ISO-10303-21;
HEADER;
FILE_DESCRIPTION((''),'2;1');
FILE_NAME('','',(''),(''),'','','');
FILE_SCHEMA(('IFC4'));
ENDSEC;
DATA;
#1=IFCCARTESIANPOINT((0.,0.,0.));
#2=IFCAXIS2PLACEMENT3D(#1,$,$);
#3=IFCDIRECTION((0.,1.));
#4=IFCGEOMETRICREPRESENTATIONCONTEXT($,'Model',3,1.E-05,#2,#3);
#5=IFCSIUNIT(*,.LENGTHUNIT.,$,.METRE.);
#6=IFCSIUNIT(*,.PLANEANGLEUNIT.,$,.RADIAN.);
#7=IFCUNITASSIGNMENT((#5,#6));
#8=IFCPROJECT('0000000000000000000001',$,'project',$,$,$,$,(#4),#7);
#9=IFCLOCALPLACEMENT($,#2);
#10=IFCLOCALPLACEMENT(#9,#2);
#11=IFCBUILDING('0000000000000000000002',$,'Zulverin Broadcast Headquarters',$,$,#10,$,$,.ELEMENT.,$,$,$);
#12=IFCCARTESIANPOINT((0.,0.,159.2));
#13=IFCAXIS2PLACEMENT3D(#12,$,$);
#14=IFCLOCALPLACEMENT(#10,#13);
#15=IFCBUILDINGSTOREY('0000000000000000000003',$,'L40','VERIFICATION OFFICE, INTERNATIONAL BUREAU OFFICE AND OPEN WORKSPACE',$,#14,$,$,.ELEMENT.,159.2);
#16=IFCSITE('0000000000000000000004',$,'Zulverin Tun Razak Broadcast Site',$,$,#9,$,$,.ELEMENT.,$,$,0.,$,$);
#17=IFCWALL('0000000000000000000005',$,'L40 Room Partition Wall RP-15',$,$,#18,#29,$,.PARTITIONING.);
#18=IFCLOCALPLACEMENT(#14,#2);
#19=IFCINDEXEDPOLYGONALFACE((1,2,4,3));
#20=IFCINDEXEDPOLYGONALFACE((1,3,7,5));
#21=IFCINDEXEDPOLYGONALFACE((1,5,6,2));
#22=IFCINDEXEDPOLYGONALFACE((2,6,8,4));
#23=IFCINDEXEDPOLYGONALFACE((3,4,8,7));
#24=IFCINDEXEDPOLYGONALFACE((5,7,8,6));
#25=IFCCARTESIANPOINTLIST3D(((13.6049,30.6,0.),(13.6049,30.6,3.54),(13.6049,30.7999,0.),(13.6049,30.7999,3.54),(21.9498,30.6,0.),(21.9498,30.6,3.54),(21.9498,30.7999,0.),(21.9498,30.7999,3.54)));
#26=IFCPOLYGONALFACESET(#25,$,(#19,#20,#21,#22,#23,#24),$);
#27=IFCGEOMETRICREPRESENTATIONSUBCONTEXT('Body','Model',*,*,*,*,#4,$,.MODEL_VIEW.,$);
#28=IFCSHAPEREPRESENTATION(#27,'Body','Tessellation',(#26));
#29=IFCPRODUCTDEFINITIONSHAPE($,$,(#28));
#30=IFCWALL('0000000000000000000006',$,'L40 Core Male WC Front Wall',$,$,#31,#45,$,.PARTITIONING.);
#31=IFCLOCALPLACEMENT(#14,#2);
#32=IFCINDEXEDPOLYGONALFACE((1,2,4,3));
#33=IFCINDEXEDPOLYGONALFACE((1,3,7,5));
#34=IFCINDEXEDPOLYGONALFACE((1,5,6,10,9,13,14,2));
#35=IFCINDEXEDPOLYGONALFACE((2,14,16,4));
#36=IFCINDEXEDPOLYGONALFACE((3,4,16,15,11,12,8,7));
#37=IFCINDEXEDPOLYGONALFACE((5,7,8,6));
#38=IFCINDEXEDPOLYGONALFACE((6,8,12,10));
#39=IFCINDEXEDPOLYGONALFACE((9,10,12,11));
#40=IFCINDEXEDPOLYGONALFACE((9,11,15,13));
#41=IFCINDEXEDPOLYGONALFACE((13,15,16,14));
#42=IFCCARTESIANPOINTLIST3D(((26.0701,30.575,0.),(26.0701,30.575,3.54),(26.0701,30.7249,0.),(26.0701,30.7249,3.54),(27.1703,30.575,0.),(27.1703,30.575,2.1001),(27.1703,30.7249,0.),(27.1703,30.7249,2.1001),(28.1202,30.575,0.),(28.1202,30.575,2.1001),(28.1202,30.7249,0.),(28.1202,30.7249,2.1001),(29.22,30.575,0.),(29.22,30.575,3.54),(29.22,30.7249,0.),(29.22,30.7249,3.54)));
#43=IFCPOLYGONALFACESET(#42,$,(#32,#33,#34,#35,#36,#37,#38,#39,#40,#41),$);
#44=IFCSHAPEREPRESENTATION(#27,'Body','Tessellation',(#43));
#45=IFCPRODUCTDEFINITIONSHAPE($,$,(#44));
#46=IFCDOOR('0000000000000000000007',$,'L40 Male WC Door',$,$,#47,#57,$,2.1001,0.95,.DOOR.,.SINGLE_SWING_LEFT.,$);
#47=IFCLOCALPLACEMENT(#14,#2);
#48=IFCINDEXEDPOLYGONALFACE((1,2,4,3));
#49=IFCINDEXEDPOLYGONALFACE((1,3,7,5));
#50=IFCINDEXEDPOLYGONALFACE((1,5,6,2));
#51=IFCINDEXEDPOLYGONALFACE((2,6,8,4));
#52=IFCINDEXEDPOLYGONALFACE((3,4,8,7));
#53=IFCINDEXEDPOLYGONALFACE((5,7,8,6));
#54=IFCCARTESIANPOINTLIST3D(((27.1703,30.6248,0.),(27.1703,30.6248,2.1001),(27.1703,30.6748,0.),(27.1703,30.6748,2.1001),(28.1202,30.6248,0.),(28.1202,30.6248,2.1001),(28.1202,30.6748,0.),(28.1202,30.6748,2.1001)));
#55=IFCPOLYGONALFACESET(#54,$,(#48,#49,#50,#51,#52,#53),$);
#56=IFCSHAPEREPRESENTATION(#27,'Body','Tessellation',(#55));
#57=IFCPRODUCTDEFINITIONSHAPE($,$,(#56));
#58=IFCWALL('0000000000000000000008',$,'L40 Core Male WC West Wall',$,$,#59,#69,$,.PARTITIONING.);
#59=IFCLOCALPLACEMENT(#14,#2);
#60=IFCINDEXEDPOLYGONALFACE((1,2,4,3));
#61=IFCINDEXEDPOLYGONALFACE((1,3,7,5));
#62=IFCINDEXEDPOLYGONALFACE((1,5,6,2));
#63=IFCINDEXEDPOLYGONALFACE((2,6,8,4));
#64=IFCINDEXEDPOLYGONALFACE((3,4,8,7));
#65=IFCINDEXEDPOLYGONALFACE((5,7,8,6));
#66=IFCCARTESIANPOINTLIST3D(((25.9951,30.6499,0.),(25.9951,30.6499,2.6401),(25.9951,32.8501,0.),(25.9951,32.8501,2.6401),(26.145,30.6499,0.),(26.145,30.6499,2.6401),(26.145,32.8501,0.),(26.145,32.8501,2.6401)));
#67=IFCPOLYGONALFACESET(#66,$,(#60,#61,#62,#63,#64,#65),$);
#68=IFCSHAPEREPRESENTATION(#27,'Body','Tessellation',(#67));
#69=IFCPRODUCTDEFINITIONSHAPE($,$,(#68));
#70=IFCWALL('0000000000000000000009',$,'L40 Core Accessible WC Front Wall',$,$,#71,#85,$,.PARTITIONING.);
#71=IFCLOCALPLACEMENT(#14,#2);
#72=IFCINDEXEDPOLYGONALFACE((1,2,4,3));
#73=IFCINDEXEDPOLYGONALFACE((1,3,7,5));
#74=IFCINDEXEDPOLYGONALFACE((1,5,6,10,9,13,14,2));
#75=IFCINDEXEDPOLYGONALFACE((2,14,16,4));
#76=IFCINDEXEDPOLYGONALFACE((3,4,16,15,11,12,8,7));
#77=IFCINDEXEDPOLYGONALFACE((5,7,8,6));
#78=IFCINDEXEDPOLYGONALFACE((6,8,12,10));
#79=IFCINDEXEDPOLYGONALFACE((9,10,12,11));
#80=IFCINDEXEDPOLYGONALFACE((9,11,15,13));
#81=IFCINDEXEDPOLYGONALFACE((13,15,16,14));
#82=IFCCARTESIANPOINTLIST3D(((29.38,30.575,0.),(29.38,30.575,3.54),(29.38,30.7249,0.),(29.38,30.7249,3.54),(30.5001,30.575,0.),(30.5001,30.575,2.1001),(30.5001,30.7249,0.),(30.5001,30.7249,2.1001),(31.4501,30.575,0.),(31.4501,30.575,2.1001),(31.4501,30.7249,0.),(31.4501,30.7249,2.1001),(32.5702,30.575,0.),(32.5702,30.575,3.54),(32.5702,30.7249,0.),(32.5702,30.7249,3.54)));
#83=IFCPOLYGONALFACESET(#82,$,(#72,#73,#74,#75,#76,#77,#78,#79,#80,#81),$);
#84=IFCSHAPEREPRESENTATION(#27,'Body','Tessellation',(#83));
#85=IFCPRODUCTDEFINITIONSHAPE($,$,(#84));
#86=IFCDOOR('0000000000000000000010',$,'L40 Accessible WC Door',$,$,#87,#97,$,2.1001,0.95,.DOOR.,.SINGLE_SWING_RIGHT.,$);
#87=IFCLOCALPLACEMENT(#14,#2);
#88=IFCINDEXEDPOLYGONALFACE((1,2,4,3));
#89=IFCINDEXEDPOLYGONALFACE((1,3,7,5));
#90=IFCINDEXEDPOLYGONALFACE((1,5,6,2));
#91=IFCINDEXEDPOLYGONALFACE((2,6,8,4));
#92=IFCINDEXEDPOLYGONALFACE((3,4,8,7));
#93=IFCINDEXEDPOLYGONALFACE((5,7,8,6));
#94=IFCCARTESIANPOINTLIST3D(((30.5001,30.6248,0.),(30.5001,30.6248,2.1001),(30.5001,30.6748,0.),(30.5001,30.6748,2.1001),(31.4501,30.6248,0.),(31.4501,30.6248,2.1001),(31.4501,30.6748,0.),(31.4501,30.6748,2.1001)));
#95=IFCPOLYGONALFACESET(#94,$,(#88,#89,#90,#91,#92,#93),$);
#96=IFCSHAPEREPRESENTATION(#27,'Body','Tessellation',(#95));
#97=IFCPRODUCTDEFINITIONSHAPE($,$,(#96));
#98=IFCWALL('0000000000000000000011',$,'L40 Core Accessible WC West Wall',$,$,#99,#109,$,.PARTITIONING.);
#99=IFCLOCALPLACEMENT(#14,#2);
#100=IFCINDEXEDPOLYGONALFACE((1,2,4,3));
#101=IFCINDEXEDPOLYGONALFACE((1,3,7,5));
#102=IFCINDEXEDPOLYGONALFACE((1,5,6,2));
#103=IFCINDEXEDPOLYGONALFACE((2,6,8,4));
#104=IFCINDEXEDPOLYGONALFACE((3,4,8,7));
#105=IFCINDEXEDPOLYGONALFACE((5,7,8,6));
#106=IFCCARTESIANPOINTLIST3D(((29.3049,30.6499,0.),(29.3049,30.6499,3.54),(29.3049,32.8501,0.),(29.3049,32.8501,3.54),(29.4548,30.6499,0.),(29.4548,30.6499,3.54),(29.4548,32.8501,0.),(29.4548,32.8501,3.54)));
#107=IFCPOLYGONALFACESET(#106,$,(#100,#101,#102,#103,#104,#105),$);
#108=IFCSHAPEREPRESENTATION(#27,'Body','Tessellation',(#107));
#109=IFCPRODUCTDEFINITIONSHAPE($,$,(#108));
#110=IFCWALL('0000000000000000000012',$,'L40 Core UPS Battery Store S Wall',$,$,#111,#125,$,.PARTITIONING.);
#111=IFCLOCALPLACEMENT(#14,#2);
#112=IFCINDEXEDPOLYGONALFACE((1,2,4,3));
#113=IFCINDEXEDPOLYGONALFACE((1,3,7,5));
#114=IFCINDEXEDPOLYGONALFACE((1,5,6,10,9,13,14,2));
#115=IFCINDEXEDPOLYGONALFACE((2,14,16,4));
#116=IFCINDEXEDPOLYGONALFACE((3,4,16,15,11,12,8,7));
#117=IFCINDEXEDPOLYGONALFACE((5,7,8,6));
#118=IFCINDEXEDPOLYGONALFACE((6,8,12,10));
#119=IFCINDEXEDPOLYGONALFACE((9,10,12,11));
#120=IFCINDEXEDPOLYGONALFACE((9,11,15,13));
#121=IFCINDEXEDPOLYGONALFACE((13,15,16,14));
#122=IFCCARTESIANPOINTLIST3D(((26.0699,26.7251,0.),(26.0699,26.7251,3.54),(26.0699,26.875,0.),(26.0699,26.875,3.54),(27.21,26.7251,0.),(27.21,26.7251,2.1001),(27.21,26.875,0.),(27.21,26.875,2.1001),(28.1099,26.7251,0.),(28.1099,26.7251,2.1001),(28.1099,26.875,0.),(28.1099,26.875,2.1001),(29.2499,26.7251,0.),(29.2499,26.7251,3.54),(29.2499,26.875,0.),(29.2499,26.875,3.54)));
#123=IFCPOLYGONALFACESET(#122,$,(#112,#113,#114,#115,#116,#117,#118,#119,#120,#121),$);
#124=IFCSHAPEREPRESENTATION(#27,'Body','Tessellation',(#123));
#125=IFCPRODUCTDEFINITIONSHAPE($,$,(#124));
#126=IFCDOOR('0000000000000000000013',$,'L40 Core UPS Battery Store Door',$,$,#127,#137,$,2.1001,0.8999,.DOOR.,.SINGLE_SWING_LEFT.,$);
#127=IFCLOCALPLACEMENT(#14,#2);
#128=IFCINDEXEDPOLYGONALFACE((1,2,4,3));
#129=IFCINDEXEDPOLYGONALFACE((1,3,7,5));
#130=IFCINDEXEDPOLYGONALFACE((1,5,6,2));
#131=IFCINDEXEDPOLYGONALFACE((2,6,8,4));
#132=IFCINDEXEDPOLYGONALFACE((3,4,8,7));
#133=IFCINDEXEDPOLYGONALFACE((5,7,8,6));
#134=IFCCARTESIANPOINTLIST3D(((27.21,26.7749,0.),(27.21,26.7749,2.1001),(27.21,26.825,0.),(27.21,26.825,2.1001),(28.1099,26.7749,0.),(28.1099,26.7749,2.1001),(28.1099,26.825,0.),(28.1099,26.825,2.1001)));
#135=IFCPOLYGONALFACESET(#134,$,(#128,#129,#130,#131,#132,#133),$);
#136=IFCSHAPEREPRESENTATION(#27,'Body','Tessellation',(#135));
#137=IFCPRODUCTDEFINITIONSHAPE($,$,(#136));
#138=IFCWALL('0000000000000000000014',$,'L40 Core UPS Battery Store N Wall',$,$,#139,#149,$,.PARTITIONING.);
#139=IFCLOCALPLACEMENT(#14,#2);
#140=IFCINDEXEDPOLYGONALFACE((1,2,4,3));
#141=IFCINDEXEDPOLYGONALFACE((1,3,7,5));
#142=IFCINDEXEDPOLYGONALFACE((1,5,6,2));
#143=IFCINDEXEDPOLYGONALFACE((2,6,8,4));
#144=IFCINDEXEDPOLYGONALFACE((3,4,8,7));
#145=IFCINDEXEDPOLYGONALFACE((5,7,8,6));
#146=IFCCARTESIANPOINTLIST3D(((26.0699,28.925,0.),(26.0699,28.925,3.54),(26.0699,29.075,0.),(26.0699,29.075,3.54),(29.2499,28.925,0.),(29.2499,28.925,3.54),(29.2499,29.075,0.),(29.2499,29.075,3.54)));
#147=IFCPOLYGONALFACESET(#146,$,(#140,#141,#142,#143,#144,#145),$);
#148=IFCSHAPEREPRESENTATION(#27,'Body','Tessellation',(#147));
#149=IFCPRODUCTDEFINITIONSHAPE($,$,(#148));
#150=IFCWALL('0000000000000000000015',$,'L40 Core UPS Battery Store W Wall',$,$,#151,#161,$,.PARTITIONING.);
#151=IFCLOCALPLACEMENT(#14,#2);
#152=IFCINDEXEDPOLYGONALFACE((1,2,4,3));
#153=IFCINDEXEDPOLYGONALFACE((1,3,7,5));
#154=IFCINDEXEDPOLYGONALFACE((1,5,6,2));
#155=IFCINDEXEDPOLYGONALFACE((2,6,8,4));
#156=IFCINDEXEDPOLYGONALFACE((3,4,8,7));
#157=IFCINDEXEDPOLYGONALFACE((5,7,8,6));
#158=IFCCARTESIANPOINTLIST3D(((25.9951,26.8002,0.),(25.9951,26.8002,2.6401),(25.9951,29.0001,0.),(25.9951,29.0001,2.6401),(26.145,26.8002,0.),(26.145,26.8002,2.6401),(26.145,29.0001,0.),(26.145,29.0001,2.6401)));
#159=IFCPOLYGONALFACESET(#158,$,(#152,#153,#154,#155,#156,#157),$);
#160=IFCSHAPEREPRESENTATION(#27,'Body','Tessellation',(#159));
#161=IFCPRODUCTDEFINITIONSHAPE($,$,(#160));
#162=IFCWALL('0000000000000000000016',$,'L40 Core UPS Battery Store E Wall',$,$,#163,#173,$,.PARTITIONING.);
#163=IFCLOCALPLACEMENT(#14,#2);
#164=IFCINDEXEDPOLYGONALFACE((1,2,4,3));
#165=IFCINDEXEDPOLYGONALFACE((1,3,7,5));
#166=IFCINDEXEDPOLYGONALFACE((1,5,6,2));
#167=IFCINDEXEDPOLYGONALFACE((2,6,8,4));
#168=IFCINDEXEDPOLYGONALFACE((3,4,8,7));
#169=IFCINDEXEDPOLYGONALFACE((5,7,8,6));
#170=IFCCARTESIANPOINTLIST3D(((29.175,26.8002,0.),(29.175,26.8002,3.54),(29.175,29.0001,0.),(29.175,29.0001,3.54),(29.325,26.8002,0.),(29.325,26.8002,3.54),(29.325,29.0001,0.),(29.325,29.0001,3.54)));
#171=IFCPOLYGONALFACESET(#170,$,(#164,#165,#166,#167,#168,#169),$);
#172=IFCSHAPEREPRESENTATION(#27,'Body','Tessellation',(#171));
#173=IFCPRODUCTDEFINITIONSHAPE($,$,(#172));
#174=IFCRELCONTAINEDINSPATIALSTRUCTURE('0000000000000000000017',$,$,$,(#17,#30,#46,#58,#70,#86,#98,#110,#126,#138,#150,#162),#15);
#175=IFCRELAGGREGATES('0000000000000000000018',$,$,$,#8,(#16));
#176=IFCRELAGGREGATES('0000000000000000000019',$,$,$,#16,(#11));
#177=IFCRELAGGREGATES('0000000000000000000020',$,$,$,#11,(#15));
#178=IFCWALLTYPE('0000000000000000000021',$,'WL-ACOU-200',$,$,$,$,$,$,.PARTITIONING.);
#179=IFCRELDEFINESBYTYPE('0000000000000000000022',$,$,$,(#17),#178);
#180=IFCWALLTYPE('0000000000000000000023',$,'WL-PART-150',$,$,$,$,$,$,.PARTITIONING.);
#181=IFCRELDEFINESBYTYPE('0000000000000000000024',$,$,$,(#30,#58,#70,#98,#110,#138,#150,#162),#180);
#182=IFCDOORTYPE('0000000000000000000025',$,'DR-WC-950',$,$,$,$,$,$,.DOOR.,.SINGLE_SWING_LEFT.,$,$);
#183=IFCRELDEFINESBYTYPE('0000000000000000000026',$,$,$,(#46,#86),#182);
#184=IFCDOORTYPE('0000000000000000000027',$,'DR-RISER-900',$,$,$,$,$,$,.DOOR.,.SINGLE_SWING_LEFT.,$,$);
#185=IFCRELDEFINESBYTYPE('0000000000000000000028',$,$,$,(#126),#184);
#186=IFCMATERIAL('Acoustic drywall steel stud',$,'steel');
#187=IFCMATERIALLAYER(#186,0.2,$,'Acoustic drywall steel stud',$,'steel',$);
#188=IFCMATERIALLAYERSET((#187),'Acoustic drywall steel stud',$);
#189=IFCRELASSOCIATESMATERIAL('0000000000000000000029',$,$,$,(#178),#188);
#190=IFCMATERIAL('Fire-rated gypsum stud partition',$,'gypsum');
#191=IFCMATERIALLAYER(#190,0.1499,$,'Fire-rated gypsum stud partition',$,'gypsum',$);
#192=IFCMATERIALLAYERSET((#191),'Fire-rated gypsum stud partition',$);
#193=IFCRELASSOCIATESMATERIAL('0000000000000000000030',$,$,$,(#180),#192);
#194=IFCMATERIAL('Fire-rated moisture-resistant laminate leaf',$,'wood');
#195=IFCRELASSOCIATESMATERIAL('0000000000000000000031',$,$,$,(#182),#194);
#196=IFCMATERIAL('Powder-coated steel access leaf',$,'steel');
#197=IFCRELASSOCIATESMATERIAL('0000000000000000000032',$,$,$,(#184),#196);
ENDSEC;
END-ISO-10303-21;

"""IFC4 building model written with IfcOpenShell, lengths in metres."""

from ifc_helpers import new_model, si_unit, direction, frame, frame_2d, origin, place, context, subcontext, project, spatial, rectangle, extrude, material, layer, layer_set, type_object, element, fill, save


model = new_model("IFC4")

# Units and contexts
model_context = context("Model", 3, precision=1e-05, world=origin(), true_north=direction((0.0, 1.0)))
body_context = subcontext(model_context, "Body", "Model", "MODEL_VIEW")
ifc_project = project(units=[si_unit("LENGTHUNIT", "METRE"), si_unit("PLANEANGLEUNIT", "RADIAN")], contexts=[model_context])

# Site, building, storey
site_placement = place(None, origin())
site = spatial("IfcSite", under=ifc_project, at=site_placement, Name="Zulverin Tun Razak Broadcast Site", CompositionType="ELEMENT", RefElevation=0.0)
building_placement = place(site_placement, origin())
building = spatial("IfcBuilding", under=site, at=building_placement, Name="Zulverin Broadcast Headquarters", CompositionType="ELEMENT")
storey_placement = place(building_placement, frame((0.0, 0.0, 159.2)))
storey = spatial("IfcBuildingStorey", under=building, at=storey_placement, Name="L40", Description="VERIFICATION OFFICE, INTERNATIONAL BUREAU OFFICE AND OPEN WORKSPACE", CompositionType="ELEMENT", Elevation=159.2)

# Wall
ifc_material_1 = material(Name="Acoustic drywall steel stud", Category="steel")
ifc_layer_1 = layer(ifc_material_1, 0.2, Name="Acoustic drywall steel stud", Category="steel")
ifc_layer_set_1 = layer_set([ifc_layer_1], Name="Acoustic drywall steel stud")
wall_type_1 = type_object("IfcWallType", Name="WL-ACOU-200", PredefinedType="PARTITIONING", material=ifc_layer_set_1)
wall_1_placement = place(storey_placement, frame((13.605, 30.7, 0.0), z_axis=(0.0, 0.0, 1.0), x_axis=(1.0, 0.0, 0.0)))
element("IfcWall", 1, at=wall_1_placement, inside=storey, type_object=wall_type_1, Name="L40 Room Partition Wall RP-15", PredefinedType="PARTITIONING", context=body_context, shape_type="SweptSolid", body=[
    extrude(rectangle(XDim=8.345, YDim=0.2, at=frame_2d((4.1724, 0.0))), origin(), (0.0, 0.0, 1.0), 3.54),
])

# Wall, opening, door
ifc_material_2 = material(Name="Fire-rated gypsum stud partition", Category="gypsum")
ifc_layer_2 = layer(ifc_material_2, 0.1499, Name="Fire-rated gypsum stud partition", Category="gypsum")
ifc_layer_set_2 = layer_set([ifc_layer_2], Name="Fire-rated gypsum stud partition")
wall_type_2 = type_object("IfcWallType", Name="WL-PART-150", PredefinedType="PARTITIONING", material=ifc_layer_set_2)
wall_2_placement = place(storey_placement, frame((26.0701, 30.6499, 0.0), z_axis=(0.0, 0.0, 1.0), x_axis=(1.0, 0.0, 0.0)))
wall_2 = element("IfcWall", 2, at=wall_2_placement, inside=storey, type_object=wall_type_2, Name="L40 Core Male WC Front Wall", PredefinedType="PARTITIONING", context=body_context, shape_type="SweptSolid", body=[
    extrude(rectangle(XDim=3.1499, YDim=0.1499, at=frame_2d((1.575, 0.0))), origin(), (0.0, 0.0, 1.0), 3.54),
])
opening_1_placement = place(wall_2_placement, frame((1.1001, 0.0, 0.0)))
opening_1 = element("IfcOpeningElement", 3, at=opening_1_placement, cuts=wall_2, PredefinedType="OPENING", context=body_context, shape_type="SweptSolid", body=[
    extrude(rectangle(XDim=0.95, YDim=2.1001, at=frame_2d((0.4751, 1.05))), frame((0.0, 0.085, 0.0), z_axis=(0.0, -1.0, 0.0), x_axis=(1.0, 0.0, 0.0)), (0.0, 0.0, 1.0), 0.1699),
])
ifc_material_3 = material(Name="Fire-rated moisture-resistant laminate leaf", Category="wood")
door_type_1 = type_object("IfcDoorType", Name="DR-WC-950", OperationType="SINGLE_SWING_LEFT", PredefinedType="DOOR", material=ifc_material_3)
door_1_placement = place(opening_1_placement, origin())
door_1 = element("IfcDoor", 4, at=door_1_placement, inside=storey, type_object=door_type_1, Name="L40 Male WC Door", OperationType="SINGLE_SWING_LEFT", OverallHeight=2.1001, OverallWidth=0.95, PredefinedType="DOOR", context=body_context, shape_type="SweptSolid", body=[
    extrude(rectangle(XDim=0.95, YDim=2.1001, at=frame_2d((0.4751, 1.05))), frame((0.0, 0.0249, 0.0), z_axis=(0.0, -1.0, 0.0), x_axis=(1.0, 0.0, 0.0)), (0.0, 0.0, 1.0), 0.05),
])
fill(opening_1, door_1)

# Wall
wall_3_placement = place(storey_placement, frame((26.0701, 30.6499, 0.0), z_axis=(0.0, 0.0, 1.0), x_axis=(0.0, 1.0, 0.0)))
element("IfcWall", 5, at=wall_3_placement, inside=storey, type_object=wall_type_2, Name="L40 Core Male WC West Wall", PredefinedType="PARTITIONING", context=body_context, shape_type="SweptSolid", body=[
    extrude(rectangle(XDim=2.2002, YDim=0.1499, at=frame_2d((1.1001, 0.0))), origin(), (0.0, 0.0, 1.0), 2.6401),
])

# Wall, opening, door
wall_4_placement = place(storey_placement, frame((29.3799, 30.6499, 0.0), z_axis=(0.0, 0.0, 1.0), x_axis=(1.0, 0.0, 0.0)))
wall_4 = element("IfcWall", 6, at=wall_4_placement, inside=storey, type_object=wall_type_2, Name="L40 Core Accessible WC Front Wall", PredefinedType="PARTITIONING", context=body_context, shape_type="SweptSolid", body=[
    extrude(rectangle(XDim=3.1902, YDim=0.1499, at=frame_2d((1.5952, 0.0))), origin(), (0.0, 0.0, 1.0), 3.54),
])
opening_2_placement = place(wall_4_placement, frame((1.1201, 0.0, 0.0)))
opening_2 = element("IfcOpeningElement", 7, at=opening_2_placement, cuts=wall_4, PredefinedType="OPENING", context=body_context, shape_type="SweptSolid", body=[
    extrude(rectangle(XDim=0.95, YDim=2.1001, at=frame_2d((0.4751, 1.05))), frame((0.0, 0.085, 0.0), z_axis=(0.0, -1.0, 0.0), x_axis=(1.0, 0.0, 0.0)), (0.0, 0.0, 1.0), 0.1699),
])
door_2_placement = place(opening_2_placement, origin())
door_2 = element("IfcDoor", 8, at=door_2_placement, inside=storey, type_object=door_type_1, Name="L40 Accessible WC Door", OperationType="SINGLE_SWING_RIGHT", OverallHeight=2.1001, OverallWidth=0.95, PredefinedType="DOOR", context=body_context, shape_type="SweptSolid", body=[
    extrude(rectangle(XDim=0.95, YDim=2.1001, at=frame_2d((0.4751, 1.05))), frame((0.0, 0.0249, 0.0), z_axis=(0.0, -1.0, 0.0), x_axis=(1.0, 0.0, 0.0)), (0.0, 0.0, 1.0), 0.05),
])
fill(opening_2, door_2)

# Wall
wall_5_placement = place(storey_placement, frame((29.3799, 30.6499, 0.0), z_axis=(0.0, 0.0, 1.0), x_axis=(0.0, 1.0, 0.0)))
element("IfcWall", 9, at=wall_5_placement, inside=storey, type_object=wall_type_2, Name="L40 Core Accessible WC West Wall", PredefinedType="PARTITIONING", context=body_context, shape_type="SweptSolid", body=[
    extrude(rectangle(XDim=2.2002, YDim=0.1499, at=frame_2d((1.1001, 0.0))), origin(), (0.0, 0.0, 1.0), 3.54),
])

# Wall, opening, door
wall_6_placement = place(storey_placement, frame((26.0701, 26.8, 0.0), z_axis=(0.0, 0.0, 1.0), x_axis=(1.0, 0.0, 0.0)))
wall_6 = element("IfcWall", 10, at=wall_6_placement, inside=storey, type_object=wall_type_2, Name="L40 Core UPS Battery Store S Wall", PredefinedType="PARTITIONING", context=body_context, shape_type="SweptSolid", body=[
    extrude(rectangle(XDim=3.1799, YDim=0.1499, at=frame_2d((1.5898, 0.0))), origin(), (0.0, 0.0, 1.0), 3.54),
])
opening_3_placement = place(wall_6_placement, frame((1.1399, 0.0, 0.0)))
opening_3 = element("IfcOpeningElement", 11, at=opening_3_placement, cuts=wall_6, PredefinedType="OPENING", context=body_context, shape_type="SweptSolid", body=[
    extrude(rectangle(XDim=0.8999, YDim=2.1001, at=frame_2d((0.45, 1.05))), frame((0.0, 0.085, 0.0), z_axis=(0.0, -1.0, 0.0), x_axis=(1.0, 0.0, 0.0)), (0.0, 0.0, 1.0), 0.1699),
])
ifc_material_4 = material(Name="Powder-coated steel access leaf", Category="steel")
door_type_2 = type_object("IfcDoorType", Name="DR-RISER-900", OperationType="SINGLE_SWING_LEFT", PredefinedType="DOOR", material=ifc_material_4)
door_3_placement = place(opening_3_placement, origin())
door_3 = element("IfcDoor", 12, at=door_3_placement, inside=storey, type_object=door_type_2, Name="L40 Core UPS Battery Store Door", OperationType="SINGLE_SWING_LEFT", OverallHeight=2.1001, OverallWidth=0.8999, PredefinedType="DOOR", context=body_context, shape_type="SweptSolid", body=[
    extrude(rectangle(XDim=0.8999, YDim=2.1001, at=frame_2d((0.45, 1.05))), frame((0.0, 0.0249, 0.0), z_axis=(0.0, -1.0, 0.0), x_axis=(1.0, 0.0, 0.0)), (0.0, 0.0, 1.0), 0.05),
])
fill(opening_3, door_3)

# Walls
wall_7_placement = place(storey_placement, frame((26.0701, 29.0, 0.0), z_axis=(0.0, 0.0, 1.0), x_axis=(1.0, 0.0, 0.0)))
element("IfcWall", 13, at=wall_7_placement, inside=storey, type_object=wall_type_2, Name="L40 Core UPS Battery Store N Wall", PredefinedType="PARTITIONING", context=body_context, shape_type="SweptSolid", body=[
    extrude(rectangle(XDim=3.1799, YDim=0.1499, at=frame_2d((1.5898, 0.0))), origin(), (0.0, 0.0, 1.0), 3.54),
])
wall_8_placement = place(storey_placement, frame((26.0701, 26.8, 0.0), z_axis=(0.0, 0.0, 1.0), x_axis=(0.0, 1.0, 0.0)))
element("IfcWall", 14, at=wall_8_placement, inside=storey, type_object=wall_type_2, Name="L40 Core UPS Battery Store W Wall", PredefinedType="PARTITIONING", context=body_context, shape_type="SweptSolid", body=[
    extrude(rectangle(XDim=2.2, YDim=0.1499, at=frame_2d((1.1001, 0.0))), origin(), (0.0, 0.0, 1.0), 2.6401),
])
wall_9_placement = place(storey_placement, frame((29.25, 26.8, 0.0), z_axis=(0.0, 0.0, 1.0), x_axis=(0.0, 1.0, 0.0)))
element("IfcWall", 15, at=wall_9_placement, inside=storey, type_object=wall_type_2, Name="L40 Core UPS Battery Store E Wall", PredefinedType="PARTITIONING", context=body_context, shape_type="SweptSolid", body=[
    extrude(rectangle(XDim=2.2, YDim=0.1499, at=frame_2d((1.1001, 0.0))), origin(), (0.0, 0.0, 1.0), 3.54),
])

save(model, "model.ifc")
